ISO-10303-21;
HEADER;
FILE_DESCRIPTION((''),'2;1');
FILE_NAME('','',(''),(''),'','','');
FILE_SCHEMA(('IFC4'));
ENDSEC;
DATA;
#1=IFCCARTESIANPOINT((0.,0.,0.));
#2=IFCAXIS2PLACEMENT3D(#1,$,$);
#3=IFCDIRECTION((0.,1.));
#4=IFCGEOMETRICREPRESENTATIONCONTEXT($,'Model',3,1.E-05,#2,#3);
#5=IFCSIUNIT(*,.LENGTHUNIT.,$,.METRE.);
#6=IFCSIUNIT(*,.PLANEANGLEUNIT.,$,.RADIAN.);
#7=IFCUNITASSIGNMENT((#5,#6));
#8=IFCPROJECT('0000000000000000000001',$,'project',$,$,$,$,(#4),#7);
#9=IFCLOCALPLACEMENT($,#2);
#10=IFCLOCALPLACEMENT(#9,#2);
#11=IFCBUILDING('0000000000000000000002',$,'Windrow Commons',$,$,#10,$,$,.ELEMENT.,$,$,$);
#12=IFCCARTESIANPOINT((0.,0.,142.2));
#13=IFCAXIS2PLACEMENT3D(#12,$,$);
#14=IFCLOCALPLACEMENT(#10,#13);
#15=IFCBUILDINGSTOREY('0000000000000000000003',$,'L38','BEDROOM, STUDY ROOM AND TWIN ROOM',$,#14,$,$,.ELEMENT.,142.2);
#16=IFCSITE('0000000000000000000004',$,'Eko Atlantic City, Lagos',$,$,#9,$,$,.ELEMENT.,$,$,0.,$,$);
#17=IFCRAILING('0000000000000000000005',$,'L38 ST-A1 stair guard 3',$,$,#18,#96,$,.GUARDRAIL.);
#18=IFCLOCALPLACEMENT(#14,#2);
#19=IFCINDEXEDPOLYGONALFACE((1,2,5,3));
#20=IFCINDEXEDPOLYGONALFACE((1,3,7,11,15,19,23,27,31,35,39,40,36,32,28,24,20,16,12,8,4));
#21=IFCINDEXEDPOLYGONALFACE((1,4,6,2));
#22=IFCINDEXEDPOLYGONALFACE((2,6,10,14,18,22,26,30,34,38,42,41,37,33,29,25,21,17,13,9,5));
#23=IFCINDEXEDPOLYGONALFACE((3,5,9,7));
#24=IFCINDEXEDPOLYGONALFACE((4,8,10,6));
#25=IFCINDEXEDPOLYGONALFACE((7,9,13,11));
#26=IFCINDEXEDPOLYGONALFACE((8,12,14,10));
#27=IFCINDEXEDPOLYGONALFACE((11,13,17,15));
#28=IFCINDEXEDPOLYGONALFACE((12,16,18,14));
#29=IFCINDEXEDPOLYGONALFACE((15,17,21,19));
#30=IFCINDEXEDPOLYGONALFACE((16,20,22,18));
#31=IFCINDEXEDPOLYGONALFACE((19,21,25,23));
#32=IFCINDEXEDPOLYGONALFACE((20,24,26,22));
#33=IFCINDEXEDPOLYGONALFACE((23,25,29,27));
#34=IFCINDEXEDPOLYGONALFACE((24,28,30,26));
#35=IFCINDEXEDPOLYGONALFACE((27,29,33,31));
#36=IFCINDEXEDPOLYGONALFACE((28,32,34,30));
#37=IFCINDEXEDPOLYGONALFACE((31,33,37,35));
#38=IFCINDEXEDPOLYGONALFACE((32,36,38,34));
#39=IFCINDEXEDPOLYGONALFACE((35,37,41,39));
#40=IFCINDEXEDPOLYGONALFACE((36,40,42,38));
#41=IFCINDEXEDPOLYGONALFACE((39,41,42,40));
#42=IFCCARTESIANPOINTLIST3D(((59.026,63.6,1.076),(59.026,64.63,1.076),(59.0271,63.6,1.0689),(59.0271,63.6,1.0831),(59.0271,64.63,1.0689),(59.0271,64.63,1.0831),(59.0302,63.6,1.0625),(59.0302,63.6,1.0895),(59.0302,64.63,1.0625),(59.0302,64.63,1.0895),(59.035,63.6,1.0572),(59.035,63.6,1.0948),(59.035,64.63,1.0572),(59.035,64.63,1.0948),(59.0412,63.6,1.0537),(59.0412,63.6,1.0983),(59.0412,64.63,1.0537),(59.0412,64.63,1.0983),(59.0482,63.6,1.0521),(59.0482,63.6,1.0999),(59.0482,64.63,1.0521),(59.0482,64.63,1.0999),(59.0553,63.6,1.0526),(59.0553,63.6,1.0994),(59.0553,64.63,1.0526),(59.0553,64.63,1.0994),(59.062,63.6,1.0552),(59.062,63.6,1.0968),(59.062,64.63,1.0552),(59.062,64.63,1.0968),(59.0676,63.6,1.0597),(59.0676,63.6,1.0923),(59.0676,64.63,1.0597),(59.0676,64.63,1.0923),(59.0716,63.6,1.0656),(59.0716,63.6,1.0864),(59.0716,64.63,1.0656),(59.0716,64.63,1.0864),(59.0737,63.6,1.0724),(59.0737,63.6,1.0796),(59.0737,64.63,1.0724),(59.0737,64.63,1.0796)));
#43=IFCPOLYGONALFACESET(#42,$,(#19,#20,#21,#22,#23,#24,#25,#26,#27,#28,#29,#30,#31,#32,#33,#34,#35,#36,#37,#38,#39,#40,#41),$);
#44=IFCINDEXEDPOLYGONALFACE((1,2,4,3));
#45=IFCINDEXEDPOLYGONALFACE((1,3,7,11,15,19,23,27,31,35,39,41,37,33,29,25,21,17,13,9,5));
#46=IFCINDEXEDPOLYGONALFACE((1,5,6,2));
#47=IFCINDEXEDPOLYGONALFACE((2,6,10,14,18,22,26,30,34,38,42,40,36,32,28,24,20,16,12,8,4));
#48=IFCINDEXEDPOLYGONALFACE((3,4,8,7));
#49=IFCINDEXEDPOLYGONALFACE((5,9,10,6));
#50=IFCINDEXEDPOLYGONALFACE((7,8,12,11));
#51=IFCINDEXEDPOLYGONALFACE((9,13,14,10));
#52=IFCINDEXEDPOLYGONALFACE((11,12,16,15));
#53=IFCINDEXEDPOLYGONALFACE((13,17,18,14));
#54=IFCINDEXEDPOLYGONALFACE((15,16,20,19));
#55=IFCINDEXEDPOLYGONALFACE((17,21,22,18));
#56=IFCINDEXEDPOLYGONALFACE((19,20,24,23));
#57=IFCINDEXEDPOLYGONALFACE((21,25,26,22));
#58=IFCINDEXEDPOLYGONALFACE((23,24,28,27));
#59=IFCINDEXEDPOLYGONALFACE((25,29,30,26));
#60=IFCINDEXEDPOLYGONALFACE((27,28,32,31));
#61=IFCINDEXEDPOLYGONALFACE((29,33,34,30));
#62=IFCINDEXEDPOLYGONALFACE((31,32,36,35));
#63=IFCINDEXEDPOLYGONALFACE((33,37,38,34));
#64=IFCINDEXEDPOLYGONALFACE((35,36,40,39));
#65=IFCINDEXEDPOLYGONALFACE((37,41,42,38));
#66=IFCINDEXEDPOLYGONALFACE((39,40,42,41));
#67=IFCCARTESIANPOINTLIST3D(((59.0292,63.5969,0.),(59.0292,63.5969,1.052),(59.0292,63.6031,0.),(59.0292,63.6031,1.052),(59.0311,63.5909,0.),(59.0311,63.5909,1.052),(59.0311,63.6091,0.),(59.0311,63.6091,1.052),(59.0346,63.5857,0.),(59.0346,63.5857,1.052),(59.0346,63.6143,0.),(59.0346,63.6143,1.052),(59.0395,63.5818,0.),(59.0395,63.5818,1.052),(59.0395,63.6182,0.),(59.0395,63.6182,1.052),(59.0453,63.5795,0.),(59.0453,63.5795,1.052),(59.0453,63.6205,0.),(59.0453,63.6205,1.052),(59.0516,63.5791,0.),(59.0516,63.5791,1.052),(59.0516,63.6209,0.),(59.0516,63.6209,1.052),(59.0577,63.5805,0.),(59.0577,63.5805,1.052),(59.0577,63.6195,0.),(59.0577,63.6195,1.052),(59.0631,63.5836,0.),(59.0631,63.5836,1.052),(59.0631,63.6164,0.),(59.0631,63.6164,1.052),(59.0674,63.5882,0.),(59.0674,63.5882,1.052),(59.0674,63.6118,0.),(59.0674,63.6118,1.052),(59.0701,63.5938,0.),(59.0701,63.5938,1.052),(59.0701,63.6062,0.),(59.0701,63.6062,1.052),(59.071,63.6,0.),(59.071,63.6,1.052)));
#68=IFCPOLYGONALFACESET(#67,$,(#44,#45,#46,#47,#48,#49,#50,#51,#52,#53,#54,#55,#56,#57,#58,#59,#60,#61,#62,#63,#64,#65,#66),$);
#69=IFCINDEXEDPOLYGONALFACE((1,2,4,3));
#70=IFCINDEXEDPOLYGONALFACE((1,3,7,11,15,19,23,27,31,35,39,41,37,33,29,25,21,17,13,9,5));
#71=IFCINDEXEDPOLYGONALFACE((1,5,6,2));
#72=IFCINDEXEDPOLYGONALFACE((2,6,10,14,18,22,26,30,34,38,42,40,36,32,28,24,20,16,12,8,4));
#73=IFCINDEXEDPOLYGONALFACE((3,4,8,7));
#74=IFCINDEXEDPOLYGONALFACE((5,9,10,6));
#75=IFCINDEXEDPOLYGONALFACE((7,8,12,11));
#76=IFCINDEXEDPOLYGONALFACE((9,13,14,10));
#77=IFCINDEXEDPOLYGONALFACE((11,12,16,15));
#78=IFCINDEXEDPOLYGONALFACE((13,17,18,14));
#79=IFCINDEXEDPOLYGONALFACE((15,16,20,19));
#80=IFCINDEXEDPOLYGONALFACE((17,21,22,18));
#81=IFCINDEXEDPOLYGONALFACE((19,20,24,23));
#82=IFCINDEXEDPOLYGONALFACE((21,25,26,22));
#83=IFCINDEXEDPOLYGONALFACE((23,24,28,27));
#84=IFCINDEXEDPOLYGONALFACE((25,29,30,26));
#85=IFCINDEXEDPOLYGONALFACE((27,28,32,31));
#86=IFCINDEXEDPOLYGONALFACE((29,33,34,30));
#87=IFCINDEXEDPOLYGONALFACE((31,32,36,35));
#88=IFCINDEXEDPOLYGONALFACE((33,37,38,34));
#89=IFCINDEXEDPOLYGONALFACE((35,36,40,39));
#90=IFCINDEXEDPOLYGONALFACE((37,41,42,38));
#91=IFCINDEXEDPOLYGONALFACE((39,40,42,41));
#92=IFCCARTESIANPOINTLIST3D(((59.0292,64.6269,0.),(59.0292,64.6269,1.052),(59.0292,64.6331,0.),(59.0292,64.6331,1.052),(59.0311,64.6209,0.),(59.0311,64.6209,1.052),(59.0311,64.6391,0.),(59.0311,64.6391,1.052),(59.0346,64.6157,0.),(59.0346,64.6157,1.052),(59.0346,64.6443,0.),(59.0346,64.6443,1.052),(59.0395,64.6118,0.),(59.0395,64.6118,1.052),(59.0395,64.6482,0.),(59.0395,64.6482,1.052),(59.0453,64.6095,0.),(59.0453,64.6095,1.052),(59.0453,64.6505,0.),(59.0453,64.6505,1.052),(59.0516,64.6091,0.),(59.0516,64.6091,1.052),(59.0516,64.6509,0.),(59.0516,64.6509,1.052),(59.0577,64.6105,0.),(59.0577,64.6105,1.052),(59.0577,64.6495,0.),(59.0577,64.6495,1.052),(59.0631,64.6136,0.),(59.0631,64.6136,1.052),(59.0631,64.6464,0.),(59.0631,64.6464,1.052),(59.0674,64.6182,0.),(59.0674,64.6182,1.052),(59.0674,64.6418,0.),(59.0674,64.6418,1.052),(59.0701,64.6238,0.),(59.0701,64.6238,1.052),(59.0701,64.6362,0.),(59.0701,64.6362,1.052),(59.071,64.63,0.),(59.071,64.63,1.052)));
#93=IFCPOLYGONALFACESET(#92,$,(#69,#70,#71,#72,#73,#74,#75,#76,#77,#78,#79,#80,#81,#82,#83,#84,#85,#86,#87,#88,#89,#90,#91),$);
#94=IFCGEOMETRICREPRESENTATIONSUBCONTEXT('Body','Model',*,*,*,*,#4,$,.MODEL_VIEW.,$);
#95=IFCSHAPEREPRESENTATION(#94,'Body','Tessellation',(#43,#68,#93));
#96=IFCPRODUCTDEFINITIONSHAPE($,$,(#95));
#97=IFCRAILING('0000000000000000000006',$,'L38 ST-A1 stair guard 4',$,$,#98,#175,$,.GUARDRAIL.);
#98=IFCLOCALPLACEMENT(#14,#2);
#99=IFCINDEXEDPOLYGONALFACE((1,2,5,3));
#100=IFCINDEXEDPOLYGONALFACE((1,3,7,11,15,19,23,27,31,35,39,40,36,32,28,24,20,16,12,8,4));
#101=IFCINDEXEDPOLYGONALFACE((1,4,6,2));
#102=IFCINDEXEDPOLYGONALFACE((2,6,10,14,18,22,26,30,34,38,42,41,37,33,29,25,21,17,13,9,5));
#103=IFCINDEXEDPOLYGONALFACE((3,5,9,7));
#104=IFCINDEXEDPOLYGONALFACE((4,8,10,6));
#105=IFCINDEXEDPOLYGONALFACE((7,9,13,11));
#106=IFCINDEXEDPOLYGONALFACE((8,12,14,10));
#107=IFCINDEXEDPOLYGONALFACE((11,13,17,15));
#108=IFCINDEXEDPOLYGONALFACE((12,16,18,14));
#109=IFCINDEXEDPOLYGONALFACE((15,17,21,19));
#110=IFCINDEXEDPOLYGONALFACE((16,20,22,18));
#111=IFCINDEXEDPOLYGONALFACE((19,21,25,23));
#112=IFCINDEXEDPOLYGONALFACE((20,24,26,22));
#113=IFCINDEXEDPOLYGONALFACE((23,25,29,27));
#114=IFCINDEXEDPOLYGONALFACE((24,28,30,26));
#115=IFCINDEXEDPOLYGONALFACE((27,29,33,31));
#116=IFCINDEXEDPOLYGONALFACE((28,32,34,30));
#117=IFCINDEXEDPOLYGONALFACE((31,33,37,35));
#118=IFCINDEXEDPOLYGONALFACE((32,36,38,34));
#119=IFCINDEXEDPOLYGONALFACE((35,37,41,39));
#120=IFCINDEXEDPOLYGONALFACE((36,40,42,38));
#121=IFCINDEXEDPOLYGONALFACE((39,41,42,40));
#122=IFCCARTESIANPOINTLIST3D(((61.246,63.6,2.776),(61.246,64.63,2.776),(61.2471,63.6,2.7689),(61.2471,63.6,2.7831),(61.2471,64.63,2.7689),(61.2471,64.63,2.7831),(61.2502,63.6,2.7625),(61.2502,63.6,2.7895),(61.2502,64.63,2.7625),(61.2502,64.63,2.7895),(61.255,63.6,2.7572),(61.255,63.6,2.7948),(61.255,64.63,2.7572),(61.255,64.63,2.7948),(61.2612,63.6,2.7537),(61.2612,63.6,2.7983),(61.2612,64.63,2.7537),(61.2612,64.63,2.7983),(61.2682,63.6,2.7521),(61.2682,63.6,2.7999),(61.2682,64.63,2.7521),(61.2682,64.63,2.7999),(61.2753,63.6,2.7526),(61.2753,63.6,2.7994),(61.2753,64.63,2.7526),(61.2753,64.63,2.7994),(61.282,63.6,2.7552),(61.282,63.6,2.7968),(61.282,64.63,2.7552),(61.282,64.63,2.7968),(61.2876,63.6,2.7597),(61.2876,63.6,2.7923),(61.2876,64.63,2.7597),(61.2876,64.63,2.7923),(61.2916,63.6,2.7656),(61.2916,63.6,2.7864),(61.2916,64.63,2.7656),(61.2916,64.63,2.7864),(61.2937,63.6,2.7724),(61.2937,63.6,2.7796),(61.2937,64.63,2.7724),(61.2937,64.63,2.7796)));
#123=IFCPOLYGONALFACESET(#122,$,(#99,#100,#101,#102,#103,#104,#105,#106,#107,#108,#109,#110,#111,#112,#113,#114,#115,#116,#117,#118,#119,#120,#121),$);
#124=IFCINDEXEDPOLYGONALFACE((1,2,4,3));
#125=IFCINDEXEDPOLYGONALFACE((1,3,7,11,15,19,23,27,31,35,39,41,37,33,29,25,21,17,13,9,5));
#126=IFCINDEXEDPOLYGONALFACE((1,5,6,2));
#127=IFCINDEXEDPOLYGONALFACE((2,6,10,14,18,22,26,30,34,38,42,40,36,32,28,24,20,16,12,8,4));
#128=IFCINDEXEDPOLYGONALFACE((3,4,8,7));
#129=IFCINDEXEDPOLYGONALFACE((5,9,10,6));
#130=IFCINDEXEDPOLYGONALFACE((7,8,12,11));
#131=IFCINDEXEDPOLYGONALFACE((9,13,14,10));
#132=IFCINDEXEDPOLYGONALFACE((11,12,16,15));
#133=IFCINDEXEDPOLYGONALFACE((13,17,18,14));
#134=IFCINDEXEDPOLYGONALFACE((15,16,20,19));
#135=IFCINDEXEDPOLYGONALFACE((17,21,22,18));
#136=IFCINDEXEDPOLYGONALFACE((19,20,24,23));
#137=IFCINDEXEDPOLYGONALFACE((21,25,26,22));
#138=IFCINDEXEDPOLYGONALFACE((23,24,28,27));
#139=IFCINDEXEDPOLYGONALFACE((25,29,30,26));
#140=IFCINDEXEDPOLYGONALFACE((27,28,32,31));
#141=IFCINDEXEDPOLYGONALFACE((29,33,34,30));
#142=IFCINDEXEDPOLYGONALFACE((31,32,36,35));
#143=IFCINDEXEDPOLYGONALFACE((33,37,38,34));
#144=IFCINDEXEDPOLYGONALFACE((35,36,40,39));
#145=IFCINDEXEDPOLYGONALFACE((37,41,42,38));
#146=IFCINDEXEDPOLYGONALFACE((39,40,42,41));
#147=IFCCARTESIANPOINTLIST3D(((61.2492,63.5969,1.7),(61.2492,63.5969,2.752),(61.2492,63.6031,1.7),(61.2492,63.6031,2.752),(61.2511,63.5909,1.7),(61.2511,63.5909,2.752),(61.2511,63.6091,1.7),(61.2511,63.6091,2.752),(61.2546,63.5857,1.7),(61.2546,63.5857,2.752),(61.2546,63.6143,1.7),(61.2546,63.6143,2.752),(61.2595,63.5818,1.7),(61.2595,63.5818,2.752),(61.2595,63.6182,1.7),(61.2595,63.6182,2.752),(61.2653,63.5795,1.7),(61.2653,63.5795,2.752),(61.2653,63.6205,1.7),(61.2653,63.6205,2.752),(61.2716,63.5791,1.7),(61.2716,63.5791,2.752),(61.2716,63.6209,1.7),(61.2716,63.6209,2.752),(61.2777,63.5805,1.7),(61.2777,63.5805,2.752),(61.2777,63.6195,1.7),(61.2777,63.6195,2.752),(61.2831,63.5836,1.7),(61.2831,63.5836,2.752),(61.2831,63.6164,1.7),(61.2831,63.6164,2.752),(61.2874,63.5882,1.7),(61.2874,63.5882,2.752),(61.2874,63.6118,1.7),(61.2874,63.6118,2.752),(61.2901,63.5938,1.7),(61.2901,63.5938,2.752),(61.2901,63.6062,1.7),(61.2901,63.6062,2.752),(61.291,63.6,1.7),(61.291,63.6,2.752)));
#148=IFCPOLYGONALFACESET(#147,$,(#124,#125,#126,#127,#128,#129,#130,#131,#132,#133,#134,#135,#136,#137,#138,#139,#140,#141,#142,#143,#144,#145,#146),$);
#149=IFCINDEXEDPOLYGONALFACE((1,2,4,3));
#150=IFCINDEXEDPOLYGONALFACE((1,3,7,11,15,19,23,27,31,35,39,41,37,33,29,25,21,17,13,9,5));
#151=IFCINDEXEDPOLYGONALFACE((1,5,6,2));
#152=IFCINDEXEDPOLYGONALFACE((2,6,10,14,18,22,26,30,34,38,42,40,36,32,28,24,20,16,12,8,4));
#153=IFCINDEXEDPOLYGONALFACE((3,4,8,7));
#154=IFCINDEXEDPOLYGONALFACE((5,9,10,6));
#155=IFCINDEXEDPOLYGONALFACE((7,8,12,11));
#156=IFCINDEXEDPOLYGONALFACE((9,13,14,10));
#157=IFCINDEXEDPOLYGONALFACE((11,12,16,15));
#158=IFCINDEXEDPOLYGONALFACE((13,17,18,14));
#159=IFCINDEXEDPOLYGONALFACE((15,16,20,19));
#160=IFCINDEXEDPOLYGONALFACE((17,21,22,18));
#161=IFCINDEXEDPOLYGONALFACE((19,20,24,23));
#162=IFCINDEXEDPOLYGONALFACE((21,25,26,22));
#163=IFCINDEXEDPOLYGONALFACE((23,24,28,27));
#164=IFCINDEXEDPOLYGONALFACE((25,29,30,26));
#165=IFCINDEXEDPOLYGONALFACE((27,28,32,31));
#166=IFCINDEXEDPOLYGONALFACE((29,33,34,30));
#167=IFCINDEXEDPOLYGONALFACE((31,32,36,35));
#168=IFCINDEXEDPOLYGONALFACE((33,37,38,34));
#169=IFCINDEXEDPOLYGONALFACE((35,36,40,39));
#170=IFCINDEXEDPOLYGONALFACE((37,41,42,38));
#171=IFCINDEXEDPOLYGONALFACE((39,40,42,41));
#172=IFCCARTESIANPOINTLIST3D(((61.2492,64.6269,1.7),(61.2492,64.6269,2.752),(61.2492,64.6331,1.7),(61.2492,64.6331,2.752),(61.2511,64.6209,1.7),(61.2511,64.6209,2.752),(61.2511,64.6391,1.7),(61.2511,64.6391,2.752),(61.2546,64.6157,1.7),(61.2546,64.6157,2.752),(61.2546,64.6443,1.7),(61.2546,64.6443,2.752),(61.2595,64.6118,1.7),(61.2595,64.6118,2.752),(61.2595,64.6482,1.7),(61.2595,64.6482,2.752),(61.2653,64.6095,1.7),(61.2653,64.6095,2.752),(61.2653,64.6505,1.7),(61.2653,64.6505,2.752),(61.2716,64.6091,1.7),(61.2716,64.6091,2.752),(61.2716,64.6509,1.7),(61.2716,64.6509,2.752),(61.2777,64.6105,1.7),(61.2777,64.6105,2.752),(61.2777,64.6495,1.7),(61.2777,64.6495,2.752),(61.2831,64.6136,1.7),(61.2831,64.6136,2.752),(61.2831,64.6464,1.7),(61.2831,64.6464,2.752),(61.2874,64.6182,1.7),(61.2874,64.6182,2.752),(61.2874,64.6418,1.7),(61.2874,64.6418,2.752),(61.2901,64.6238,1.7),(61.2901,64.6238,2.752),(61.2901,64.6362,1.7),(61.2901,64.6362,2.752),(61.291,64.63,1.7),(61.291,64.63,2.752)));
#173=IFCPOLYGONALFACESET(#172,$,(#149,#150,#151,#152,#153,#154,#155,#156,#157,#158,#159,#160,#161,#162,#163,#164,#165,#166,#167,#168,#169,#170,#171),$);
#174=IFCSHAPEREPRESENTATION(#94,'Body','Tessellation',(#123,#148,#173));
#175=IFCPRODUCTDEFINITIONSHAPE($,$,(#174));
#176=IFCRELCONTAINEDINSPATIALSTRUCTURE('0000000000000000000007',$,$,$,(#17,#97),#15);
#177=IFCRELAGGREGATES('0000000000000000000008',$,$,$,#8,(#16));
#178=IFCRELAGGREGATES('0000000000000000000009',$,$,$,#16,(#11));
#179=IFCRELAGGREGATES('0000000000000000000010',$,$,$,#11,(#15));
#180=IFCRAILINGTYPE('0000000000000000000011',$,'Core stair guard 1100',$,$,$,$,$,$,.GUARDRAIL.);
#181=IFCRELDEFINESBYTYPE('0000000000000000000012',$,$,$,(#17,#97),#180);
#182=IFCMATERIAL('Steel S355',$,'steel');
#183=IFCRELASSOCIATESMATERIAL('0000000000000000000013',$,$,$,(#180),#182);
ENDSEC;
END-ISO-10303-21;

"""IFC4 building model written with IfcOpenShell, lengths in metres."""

from ifc_helpers import new_model, si_unit, direction, frame, origin, origin_2d, place, context, subcontext, project, spatial, circle, extrude, material, type_object, element, save


model = new_model("IFC4")

# Units and contexts
model_context = context("Model", 3, precision=1e-05, world=origin(), true_north=direction((0.0, 1.0)))
body_context = subcontext(model_context, "Body", "Model", "MODEL_VIEW")
ifc_project = project(units=[si_unit("LENGTHUNIT", "METRE"), si_unit("PLANEANGLEUNIT", "RADIAN")], contexts=[model_context])

# Site, building, storey
site_placement = place(None, origin())
site = spatial("IfcSite", under=ifc_project, at=site_placement, Name="Eko Atlantic City, Lagos", CompositionType="ELEMENT", RefElevation=0.0)
building_placement = place(site_placement, origin())
building = spatial("IfcBuilding", under=site, at=building_placement, Name="Windrow Commons", CompositionType="ELEMENT")
storey_placement = place(building_placement, frame((0.0, 0.0, 142.2)))
storey = spatial("IfcBuildingStorey", under=building, at=storey_placement, Name="L38", Description="BEDROOM, STUDY ROOM AND TWIN ROOM", CompositionType="ELEMENT", Elevation=142.2)

# Railings
ifc_material_1 = material(Name="Steel S355", Category="steel")
railing_type_1 = type_object("IfcRailingType", Name="Core stair guard 1100", PredefinedType="GUARDRAIL", material=ifc_material_1)
for number, where, name in (
    (1, (59.05, 63.6, 0.0), "L38 ST-A1 stair guard 3"),
    (2, (61.27, 63.6, 1.7), "L38 ST-A1 stair guard 4"),
):
    element("IfcRailing", number, at=place(storey_placement, frame(where)), inside=storey, type_object=railing_type_1, Name=name, PredefinedType="GUARDRAIL", context=body_context, shape_type="SweptSolid", body=[
        extrude(circle(Radius=0.024, at=origin_2d()), frame((0.0, 0.0, 1.076), z_axis=(0.0, 1.0, 0.0), x_axis=(-1.0, 0.0, 0.0)), (0.0, 0.0, 1.0), 1.03),
        extrude(circle(Radius=0.021, at=origin_2d()), origin(), (0.0, 0.0, 1.0), 1.052),
        extrude(circle(Radius=0.021, at=origin_2d()), frame((0.0, 1.03, 0.0)), (0.0, 0.0, 1.0), 1.052),
    ])

save(model, "model.ifc")
